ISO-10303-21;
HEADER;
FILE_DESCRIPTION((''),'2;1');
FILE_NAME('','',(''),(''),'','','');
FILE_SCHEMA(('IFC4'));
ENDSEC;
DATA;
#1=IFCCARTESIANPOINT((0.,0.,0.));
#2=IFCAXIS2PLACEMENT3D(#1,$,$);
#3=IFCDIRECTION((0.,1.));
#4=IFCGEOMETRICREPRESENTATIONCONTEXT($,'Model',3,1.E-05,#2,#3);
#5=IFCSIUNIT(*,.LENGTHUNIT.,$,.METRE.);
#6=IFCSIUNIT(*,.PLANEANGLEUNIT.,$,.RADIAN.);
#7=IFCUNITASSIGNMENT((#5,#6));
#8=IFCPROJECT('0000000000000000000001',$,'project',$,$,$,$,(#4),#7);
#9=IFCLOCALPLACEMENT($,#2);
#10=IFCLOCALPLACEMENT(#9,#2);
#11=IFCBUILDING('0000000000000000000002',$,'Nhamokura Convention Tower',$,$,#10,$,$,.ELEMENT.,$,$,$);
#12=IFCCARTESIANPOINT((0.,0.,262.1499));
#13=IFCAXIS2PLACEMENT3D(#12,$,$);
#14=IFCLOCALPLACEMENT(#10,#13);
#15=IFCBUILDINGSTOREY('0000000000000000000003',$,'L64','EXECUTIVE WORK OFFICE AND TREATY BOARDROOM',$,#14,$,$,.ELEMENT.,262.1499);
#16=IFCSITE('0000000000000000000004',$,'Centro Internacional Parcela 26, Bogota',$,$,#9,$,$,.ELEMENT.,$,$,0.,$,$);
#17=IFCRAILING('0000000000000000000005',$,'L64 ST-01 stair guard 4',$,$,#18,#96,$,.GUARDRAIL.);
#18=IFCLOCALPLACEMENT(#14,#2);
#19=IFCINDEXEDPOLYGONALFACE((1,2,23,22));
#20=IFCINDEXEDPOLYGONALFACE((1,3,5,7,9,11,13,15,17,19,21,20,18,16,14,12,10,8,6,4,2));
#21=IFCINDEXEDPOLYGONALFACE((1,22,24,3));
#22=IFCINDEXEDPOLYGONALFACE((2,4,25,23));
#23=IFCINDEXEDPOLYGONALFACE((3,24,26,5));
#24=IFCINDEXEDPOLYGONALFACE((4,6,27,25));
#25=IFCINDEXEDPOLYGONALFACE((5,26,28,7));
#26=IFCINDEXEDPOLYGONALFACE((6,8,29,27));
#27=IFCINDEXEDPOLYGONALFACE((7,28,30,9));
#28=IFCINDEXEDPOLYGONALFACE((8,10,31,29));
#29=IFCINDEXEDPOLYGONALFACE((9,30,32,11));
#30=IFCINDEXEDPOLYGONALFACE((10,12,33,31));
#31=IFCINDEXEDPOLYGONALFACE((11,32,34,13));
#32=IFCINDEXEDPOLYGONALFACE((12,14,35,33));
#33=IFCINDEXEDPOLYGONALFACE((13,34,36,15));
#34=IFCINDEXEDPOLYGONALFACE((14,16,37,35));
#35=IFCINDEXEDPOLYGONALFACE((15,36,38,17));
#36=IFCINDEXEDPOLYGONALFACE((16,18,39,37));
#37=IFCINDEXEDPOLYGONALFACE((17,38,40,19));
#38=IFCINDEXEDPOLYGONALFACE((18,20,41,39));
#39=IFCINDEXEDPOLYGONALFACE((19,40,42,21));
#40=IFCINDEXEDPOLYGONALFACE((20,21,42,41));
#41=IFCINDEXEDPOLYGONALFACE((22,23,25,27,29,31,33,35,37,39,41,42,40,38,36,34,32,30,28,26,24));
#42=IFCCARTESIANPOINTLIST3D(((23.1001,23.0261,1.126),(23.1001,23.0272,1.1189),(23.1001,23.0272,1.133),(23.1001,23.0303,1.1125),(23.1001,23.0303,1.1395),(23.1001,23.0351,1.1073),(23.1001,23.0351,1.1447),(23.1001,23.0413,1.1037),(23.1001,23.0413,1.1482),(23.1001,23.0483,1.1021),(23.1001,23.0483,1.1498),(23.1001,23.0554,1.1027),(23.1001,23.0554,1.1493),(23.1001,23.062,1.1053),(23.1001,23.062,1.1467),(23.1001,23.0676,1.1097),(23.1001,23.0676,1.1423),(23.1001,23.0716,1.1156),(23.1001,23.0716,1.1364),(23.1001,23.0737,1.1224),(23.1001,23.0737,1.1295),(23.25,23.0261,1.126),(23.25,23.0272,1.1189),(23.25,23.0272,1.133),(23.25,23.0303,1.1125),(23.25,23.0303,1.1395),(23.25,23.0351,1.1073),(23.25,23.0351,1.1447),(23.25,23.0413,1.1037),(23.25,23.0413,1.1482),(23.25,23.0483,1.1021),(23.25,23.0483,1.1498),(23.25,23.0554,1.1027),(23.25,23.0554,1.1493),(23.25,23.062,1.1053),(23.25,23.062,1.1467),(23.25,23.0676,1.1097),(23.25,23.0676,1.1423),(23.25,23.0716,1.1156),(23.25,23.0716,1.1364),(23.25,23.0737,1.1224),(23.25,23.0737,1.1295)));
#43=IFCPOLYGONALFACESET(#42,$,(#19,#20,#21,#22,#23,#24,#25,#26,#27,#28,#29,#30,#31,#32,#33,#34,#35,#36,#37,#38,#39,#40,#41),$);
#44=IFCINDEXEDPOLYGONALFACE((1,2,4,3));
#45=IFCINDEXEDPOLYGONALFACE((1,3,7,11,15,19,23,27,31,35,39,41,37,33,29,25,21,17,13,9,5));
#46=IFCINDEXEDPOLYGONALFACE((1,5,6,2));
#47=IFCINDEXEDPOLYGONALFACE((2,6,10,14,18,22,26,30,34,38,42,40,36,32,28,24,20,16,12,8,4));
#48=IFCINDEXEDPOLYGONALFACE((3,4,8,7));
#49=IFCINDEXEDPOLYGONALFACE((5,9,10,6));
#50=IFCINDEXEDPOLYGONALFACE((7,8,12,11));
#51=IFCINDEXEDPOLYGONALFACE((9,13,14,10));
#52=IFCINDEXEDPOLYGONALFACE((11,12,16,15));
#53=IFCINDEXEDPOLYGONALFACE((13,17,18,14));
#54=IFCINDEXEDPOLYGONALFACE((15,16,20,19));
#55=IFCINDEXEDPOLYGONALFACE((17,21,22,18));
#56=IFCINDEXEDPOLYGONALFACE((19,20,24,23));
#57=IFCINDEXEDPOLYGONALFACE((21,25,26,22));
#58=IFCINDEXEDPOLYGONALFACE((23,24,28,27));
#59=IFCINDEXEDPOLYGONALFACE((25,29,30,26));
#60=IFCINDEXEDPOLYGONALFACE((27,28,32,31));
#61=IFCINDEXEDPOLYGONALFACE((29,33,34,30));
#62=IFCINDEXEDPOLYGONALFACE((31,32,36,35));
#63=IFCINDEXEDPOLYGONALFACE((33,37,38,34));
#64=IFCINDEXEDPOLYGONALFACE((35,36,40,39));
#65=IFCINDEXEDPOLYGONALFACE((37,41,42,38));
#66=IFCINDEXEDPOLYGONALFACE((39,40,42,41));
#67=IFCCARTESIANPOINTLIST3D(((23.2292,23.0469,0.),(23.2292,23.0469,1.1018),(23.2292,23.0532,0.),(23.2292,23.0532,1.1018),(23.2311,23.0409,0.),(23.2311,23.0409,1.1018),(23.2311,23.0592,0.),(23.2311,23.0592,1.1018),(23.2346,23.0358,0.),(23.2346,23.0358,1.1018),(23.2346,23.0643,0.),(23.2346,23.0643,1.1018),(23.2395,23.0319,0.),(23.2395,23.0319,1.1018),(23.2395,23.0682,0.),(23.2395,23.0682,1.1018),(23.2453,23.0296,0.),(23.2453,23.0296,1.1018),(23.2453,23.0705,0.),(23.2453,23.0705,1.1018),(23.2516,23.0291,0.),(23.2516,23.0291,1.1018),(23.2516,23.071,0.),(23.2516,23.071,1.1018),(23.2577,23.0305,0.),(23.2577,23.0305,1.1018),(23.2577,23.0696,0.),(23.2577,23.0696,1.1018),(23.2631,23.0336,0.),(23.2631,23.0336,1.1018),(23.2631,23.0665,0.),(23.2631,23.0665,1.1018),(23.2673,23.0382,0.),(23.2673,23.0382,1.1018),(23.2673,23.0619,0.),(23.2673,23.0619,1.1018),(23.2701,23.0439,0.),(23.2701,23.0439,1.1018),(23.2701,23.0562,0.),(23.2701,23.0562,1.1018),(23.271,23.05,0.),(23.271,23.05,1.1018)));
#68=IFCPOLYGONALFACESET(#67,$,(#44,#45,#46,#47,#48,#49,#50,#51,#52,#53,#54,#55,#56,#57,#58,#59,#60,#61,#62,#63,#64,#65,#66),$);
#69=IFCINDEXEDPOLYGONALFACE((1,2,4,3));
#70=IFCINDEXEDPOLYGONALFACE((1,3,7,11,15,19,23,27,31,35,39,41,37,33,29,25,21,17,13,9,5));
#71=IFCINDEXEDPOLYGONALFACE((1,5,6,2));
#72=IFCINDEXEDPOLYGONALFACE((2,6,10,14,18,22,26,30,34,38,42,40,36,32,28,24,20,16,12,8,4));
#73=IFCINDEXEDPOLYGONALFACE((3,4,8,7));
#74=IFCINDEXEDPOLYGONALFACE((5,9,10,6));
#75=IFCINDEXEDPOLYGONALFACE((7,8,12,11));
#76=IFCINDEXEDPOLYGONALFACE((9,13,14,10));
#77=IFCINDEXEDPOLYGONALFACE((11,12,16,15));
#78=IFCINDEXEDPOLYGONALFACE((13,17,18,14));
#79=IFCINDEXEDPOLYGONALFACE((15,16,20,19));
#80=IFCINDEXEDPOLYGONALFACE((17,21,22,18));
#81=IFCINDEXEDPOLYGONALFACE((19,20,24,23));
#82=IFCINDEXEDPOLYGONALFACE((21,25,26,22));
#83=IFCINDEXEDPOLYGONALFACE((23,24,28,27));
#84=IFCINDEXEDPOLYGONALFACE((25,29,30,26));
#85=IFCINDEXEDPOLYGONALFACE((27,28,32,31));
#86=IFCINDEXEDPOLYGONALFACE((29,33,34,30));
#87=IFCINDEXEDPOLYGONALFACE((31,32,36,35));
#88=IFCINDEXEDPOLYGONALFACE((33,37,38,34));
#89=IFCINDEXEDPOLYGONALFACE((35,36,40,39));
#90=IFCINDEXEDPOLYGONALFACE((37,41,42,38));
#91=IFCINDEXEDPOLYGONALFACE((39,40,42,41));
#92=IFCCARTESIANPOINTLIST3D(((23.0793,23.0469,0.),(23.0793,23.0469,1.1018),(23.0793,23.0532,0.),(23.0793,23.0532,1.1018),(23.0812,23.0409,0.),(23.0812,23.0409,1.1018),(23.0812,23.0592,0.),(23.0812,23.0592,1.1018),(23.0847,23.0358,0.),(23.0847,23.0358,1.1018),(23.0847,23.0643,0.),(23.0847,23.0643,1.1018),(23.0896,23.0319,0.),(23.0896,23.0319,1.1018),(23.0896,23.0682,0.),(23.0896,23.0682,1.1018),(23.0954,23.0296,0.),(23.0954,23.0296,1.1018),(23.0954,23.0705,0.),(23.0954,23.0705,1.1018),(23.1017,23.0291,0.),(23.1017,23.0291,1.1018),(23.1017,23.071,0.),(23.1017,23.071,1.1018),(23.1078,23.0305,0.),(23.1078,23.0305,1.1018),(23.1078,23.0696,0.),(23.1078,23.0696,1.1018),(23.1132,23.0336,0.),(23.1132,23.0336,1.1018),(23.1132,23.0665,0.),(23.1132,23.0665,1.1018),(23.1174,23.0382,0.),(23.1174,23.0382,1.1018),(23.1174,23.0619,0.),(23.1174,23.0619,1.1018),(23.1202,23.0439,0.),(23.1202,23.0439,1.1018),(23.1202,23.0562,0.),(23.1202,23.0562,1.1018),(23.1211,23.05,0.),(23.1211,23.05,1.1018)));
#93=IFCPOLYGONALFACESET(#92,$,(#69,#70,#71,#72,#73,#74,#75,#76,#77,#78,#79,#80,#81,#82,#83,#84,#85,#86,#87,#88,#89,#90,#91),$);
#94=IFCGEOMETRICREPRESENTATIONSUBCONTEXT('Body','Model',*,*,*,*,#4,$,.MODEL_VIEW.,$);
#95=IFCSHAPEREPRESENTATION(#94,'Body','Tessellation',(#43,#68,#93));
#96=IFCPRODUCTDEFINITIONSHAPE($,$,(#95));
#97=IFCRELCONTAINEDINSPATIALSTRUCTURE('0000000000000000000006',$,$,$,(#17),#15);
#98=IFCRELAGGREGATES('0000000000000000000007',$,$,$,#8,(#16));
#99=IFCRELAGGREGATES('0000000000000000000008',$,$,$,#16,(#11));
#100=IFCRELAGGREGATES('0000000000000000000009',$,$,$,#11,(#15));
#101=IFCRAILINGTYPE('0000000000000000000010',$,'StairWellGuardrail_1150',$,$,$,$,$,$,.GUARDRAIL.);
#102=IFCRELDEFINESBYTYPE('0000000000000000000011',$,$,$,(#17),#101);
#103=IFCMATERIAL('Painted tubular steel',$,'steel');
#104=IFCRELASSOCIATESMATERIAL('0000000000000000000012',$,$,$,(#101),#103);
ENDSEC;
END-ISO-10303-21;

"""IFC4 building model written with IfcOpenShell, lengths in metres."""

from ifc_helpers import new_model, si_unit, direction, frame, origin, origin_2d, place, context, subcontext, project, spatial, circle, extrude, material, type_object, element, save


model = new_model("IFC4")

# Units and contexts
model_context = context("Model", 3, precision=1e-05, world=origin(), true_north=direction((0.0, 1.0)))
body_context = subcontext(model_context, "Body", "Model", "MODEL_VIEW")
ifc_project = project(units=[si_unit("LENGTHUNIT", "METRE"), si_unit("PLANEANGLEUNIT", "RADIAN")], contexts=[model_context])

# Site, building, storey
site_placement = place(None, origin())
site = spatial("IfcSite", under=ifc_project, at=site_placement, Name="Centro Internacional Parcela 26, Bogota", CompositionType="ELEMENT", RefElevation=0.0)
building_placement = place(site_placement, origin())
building = spatial("IfcBuilding", under=site, at=building_placement, Name="Nhamokura Convention Tower", CompositionType="ELEMENT")
storey_placement = place(building_placement, frame((0.0, 0.0, 262.1499)))
storey = spatial("IfcBuildingStorey", under=building, at=storey_placement, Name="L64", Description="EXECUTIVE WORK OFFICE AND TREATY BOARDROOM", CompositionType="ELEMENT", Elevation=262.1499)

# Railing
ifc_material_1 = material(Name="Painted tubular steel", Category="steel")
railing_type_1 = type_object("IfcRailingType", Name="StairWellGuardrail_1150", PredefinedType="GUARDRAIL", material=ifc_material_1)
railing_1_placement = place(storey_placement, frame((23.25, 23.05, 0.0)))
element("IfcRailing", 1, at=railing_1_placement, inside=storey, type_object=railing_type_1, Name="L64 ST-01 stair guard 4", PredefinedType="GUARDRAIL", context=body_context, shape_type="SweptSolid", body=[
    extrude(circle(Radius=0.0239, at=origin_2d()), frame((0.0, 0.0, 1.126), z_axis=(-1.0, 0.0, 0.0), x_axis=(0.0, -1.0, 0.0)), (0.0, 0.0, 1.0), 0.1499),
    extrude(circle(Radius=0.021, at=origin_2d()), origin(), (0.0, 0.0, 1.0), 1.1018),
    extrude(circle(Radius=0.021, at=origin_2d()), frame((-0.1499, 0.0, 0.0)), (0.0, 0.0, 1.0), 1.1018),
])

save(model, "model.ifc")
